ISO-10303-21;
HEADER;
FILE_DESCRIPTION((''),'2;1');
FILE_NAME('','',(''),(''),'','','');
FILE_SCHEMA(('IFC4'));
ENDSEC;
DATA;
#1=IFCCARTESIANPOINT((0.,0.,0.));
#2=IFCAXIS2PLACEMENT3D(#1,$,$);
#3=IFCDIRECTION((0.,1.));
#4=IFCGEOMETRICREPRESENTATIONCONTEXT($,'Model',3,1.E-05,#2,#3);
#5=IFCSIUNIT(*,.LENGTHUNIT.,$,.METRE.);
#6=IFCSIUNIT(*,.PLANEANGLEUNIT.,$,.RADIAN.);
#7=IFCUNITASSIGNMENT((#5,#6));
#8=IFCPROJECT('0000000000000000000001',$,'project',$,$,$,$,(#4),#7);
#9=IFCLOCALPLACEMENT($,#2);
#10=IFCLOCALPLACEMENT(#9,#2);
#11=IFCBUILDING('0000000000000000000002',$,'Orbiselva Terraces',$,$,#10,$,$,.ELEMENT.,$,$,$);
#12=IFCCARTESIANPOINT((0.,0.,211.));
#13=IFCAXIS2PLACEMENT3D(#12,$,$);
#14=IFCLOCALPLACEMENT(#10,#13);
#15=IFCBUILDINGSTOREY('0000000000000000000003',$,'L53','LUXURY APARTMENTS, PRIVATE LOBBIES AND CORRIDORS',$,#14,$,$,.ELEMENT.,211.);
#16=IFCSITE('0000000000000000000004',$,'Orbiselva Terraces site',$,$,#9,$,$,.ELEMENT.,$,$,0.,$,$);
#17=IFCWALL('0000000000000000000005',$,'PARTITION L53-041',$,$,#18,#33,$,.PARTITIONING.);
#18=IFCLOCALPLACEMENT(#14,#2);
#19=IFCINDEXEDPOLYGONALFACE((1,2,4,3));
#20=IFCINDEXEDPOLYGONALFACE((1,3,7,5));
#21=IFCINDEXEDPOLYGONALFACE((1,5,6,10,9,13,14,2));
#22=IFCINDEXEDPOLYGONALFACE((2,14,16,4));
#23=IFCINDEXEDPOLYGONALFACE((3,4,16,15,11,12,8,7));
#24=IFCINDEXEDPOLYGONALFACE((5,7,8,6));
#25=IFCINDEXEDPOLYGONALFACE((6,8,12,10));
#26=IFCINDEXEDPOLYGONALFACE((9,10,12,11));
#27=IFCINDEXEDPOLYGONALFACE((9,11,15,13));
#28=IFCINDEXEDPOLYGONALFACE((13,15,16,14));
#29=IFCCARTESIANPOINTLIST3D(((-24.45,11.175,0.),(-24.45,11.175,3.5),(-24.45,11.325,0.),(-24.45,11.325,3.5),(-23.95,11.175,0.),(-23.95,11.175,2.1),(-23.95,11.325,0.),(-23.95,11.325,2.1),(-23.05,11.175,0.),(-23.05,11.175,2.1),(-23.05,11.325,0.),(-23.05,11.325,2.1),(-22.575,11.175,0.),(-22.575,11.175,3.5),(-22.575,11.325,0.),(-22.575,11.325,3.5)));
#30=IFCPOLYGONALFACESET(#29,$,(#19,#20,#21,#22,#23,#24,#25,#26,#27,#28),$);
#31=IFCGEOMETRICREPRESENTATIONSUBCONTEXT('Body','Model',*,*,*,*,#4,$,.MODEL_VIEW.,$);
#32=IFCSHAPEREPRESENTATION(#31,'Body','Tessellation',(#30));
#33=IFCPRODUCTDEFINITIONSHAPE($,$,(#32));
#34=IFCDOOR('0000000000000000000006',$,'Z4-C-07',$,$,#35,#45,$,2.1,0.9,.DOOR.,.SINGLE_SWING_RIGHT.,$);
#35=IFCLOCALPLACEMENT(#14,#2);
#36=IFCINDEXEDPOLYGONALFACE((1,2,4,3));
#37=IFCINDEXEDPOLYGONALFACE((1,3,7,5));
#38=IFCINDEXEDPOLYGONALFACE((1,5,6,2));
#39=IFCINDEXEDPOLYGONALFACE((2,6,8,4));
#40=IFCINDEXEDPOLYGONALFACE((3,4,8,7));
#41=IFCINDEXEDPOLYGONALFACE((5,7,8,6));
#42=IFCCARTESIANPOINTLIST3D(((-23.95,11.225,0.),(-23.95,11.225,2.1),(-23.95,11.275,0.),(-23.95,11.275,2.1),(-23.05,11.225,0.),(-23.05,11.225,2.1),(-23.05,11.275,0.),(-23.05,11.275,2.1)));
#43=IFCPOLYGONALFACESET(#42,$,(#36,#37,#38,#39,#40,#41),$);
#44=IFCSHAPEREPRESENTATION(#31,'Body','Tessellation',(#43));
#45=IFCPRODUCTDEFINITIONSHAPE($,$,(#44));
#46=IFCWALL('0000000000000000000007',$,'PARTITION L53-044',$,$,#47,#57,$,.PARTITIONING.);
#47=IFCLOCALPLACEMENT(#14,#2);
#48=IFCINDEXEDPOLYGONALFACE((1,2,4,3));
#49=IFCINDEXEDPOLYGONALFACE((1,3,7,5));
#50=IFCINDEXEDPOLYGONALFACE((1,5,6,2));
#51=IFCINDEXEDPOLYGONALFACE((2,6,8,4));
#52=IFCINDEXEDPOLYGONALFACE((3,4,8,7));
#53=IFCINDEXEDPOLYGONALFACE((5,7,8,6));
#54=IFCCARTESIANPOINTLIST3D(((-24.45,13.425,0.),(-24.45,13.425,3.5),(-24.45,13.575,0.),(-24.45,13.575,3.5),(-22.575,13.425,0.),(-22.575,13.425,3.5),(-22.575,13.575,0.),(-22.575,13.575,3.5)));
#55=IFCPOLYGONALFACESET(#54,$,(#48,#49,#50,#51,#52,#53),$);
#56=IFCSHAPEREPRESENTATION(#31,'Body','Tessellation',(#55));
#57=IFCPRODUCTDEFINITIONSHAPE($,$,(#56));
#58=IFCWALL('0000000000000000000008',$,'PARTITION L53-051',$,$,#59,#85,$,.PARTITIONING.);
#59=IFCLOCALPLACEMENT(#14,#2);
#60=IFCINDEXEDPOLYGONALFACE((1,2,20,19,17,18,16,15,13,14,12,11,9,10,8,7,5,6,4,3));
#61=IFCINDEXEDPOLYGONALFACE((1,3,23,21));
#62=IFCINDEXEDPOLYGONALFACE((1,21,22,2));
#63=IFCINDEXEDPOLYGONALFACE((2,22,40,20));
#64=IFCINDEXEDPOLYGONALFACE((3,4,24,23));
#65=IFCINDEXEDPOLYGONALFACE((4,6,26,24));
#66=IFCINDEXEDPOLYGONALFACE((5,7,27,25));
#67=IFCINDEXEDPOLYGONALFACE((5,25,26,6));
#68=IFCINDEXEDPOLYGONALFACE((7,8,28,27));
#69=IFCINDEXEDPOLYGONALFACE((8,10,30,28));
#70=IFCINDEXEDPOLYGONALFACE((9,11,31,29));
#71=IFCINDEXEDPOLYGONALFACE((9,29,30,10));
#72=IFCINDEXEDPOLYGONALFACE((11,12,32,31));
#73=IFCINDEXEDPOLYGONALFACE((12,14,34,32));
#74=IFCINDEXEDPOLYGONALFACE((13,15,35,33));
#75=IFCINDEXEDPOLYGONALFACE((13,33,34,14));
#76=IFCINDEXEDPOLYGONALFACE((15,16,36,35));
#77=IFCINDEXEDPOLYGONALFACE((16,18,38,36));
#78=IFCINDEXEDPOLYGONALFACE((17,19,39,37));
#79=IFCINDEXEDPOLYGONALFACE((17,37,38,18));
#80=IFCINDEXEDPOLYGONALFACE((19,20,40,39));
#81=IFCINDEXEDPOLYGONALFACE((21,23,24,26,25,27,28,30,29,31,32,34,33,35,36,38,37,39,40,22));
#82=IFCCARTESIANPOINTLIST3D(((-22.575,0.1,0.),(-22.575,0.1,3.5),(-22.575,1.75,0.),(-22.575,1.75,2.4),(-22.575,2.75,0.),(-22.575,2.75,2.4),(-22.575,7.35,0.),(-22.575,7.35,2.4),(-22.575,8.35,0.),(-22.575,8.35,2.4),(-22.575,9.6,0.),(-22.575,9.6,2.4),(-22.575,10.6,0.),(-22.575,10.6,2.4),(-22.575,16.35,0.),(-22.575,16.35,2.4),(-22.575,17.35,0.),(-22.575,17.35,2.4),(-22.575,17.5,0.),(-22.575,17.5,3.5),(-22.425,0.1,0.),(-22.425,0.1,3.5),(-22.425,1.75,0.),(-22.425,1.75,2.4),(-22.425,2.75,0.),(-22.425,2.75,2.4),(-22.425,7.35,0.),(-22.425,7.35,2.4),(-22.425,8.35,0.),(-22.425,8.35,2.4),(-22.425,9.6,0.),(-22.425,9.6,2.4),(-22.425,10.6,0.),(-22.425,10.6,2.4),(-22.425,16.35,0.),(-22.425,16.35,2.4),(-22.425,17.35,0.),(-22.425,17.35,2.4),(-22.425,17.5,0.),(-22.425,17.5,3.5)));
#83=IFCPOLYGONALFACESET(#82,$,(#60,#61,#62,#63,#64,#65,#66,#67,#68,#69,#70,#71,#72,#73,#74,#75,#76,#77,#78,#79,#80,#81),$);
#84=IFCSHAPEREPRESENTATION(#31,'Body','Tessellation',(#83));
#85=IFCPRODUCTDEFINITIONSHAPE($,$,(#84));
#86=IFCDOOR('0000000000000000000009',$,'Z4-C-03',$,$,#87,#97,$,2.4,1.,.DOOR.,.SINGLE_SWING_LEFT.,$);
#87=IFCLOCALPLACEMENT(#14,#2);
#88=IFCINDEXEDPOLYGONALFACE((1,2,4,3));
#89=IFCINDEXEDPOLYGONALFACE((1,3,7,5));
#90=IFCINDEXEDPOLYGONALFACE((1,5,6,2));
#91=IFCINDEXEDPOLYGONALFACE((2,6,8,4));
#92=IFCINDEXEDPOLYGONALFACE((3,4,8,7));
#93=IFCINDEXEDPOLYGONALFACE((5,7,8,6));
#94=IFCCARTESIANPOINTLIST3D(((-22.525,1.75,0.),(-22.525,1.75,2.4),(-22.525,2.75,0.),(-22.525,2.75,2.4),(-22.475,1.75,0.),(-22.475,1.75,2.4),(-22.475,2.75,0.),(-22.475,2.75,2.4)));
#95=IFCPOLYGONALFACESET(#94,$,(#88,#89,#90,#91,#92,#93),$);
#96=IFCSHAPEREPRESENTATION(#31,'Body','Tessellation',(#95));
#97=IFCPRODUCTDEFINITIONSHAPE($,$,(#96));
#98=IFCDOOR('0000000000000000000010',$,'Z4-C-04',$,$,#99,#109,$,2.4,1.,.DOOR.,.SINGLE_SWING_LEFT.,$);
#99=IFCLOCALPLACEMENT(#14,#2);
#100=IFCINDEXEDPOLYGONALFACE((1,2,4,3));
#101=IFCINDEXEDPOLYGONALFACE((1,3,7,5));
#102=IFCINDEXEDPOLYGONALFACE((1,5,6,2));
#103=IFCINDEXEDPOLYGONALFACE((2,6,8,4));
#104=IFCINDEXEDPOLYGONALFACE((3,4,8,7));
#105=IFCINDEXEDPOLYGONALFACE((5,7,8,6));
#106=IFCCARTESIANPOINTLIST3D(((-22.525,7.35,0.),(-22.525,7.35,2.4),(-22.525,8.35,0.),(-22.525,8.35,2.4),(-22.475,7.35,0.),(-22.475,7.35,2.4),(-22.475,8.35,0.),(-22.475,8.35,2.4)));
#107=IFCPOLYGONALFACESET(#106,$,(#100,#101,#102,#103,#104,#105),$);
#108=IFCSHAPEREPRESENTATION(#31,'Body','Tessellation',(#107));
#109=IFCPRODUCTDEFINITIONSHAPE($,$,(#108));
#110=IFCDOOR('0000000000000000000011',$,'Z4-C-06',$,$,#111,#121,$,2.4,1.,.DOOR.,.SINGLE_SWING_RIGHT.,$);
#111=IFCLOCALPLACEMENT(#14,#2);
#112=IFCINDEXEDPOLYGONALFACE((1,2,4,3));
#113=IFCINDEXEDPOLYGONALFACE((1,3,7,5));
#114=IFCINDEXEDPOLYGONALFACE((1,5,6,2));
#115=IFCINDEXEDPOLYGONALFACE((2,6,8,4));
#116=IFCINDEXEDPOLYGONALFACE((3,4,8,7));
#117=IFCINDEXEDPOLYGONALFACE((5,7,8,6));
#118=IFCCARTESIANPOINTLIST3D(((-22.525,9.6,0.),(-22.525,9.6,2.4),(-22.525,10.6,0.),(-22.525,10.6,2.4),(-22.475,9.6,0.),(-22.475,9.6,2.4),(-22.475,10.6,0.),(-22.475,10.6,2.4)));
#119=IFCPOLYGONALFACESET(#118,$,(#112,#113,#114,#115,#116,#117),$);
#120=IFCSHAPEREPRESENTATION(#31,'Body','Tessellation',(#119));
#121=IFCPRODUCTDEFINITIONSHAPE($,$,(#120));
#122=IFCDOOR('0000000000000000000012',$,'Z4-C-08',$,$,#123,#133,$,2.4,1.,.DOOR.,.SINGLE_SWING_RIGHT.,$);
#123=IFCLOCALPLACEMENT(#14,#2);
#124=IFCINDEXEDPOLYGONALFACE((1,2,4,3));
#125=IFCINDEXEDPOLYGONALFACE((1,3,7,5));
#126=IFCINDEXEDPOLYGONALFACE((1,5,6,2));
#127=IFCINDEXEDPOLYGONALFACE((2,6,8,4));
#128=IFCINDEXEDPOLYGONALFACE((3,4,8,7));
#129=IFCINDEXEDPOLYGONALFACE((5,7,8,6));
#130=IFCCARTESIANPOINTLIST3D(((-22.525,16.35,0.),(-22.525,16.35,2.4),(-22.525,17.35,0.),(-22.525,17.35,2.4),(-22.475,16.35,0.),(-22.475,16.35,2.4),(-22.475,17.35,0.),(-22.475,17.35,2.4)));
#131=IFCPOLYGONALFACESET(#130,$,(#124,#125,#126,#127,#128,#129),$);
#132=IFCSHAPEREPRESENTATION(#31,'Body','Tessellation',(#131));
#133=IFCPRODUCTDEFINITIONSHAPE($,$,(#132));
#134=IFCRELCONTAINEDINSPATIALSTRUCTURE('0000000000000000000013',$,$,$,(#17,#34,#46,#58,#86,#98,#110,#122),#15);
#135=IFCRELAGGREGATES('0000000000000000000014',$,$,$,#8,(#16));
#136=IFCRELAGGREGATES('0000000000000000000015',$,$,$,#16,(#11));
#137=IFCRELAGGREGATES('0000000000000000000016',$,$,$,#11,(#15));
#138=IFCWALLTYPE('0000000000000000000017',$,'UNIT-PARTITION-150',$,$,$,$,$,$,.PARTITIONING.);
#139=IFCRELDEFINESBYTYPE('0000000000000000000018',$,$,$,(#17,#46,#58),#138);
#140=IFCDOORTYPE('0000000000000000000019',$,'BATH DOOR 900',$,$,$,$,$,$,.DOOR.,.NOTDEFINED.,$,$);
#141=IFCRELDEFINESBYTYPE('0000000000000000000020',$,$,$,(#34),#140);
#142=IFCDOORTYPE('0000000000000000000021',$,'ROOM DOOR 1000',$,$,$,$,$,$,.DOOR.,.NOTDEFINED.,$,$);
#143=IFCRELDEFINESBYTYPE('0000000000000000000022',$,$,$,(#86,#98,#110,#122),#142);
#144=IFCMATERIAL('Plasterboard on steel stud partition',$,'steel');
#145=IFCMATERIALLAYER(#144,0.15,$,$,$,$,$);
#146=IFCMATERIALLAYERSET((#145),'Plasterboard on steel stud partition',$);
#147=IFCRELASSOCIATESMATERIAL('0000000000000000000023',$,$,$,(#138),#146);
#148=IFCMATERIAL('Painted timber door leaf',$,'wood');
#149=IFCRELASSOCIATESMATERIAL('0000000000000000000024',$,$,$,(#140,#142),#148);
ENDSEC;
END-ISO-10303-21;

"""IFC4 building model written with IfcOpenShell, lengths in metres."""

from ifc_helpers import new_model, si_unit, direction, frame, frame_2d, origin, place, context, subcontext, project, spatial, rectangle, extrude, material, layer, layer_set, type_object, element, fill, save


model = new_model("IFC4")

# Units and contexts
model_context = context("Model", 3, precision=1e-05, world=origin(), true_north=direction((0.0, 1.0)))
body_context = subcontext(model_context, "Body", "Model", "MODEL_VIEW")
ifc_project = project(units=[si_unit("LENGTHUNIT", "METRE"), si_unit("PLANEANGLEUNIT", "RADIAN")], contexts=[model_context])

# Site, building, storey
site_placement = place(None, origin())
site = spatial("IfcSite", under=ifc_project, at=site_placement, Name="Orbiselva Terraces site", CompositionType="ELEMENT", RefElevation=0.0)
building_placement = place(site_placement, origin())
building = spatial("IfcBuilding", under=site, at=building_placement, Name="Orbiselva Terraces", CompositionType="ELEMENT")
storey_placement = place(building_placement, frame((0.0, 0.0, 211.0)))
storey = spatial("IfcBuildingStorey", under=building, at=storey_placement, Name="L53", Description="LUXURY APARTMENTS, PRIVATE LOBBIES AND CORRIDORS", CompositionType="ELEMENT", Elevation=211.0)

# Shared definitions
ifc_material_1 = material(Name="Plasterboard on steel stud partition", Category="steel")
ifc_layer_1 = layer(ifc_material_1, 0.15)
ifc_layer_set_1 = layer_set([ifc_layer_1], Name="Plasterboard on steel stud partition")
wall_type_1 = type_object("IfcWallType", Name="UNIT-PARTITION-150", PredefinedType="PARTITIONING", material=ifc_layer_set_1)

# Wall, opening, door
wall_1_placement = place(storey_placement, frame((-24.45, 11.25, 0.0), z_axis=(0.0, 0.0, 1.0), x_axis=(1.0, 0.0, 0.0)))
wall_1 = element("IfcWall", 1, at=wall_1_placement, inside=storey, type_object=wall_type_1, Name="PARTITION L53-041", PredefinedType="PARTITIONING", context=body_context, shape_type="SweptSolid", body=[
    extrude(rectangle(XDim=1.875, YDim=0.15, at=frame_2d((0.9375, 0.0))), origin(), (0.0, 0.0, 1.0), 3.5),
])
opening_1_placement = place(wall_1_placement, frame((0.5, 0.0, 0.0)))
opening_1 = element("IfcOpeningElement", 2, at=opening_1_placement, cuts=wall_1, PredefinedType="OPENING", context=body_context, shape_type="SweptSolid", body=[
    extrude(rectangle(XDim=0.9, YDim=2.1, at=frame_2d((0.45, 1.05))), frame((0.0, 0.085, 0.0), z_axis=(0.0, -1.0, 0.0), x_axis=(1.0, 0.0, 0.0)), (0.0, 0.0, 1.0), 0.17),
])
ifc_material_2 = material(Name="Painted timber door leaf", Category="wood")
door_type_1 = type_object("IfcDoorType", Name="BATH DOOR 900", OperationType="NOTDEFINED", PredefinedType="DOOR", material=ifc_material_2)
door_1_placement = place(opening_1_placement, origin())
door_1 = element("IfcDoor", 3, at=door_1_placement, inside=storey, type_object=door_type_1, Name="Z4-C-07", OperationType="SINGLE_SWING_RIGHT", OverallHeight=2.1, OverallWidth=0.9, PredefinedType="DOOR", context=body_context, shape_type="SweptSolid", body=[
    extrude(rectangle(XDim=0.9, YDim=2.1, at=frame_2d((0.45, 1.05))), frame((0.0, 0.025, 0.0), z_axis=(0.0, -1.0, 0.0), x_axis=(1.0, 0.0, 0.0)), (0.0, 0.0, 1.0), 0.05),
])
fill(opening_1, door_1)

# Wall
wall_2_placement = place(storey_placement, frame((-24.45, 13.5, 0.0), z_axis=(0.0, 0.0, 1.0), x_axis=(1.0, 0.0, 0.0)))
element("IfcWall", 4, at=wall_2_placement, inside=storey, type_object=wall_type_1, Name="PARTITION L53-044", PredefinedType="PARTITIONING", context=body_context, shape_type="SweptSolid", body=[
    extrude(rectangle(XDim=1.875, YDim=0.15, at=frame_2d((0.9375, 0.0))), origin(), (0.0, 0.0, 1.0), 3.5),
])

# Wall, openings, doors
wall_3_placement = place(storey_placement, frame((-22.5, 0.1, 0.0), z_axis=(0.0, 0.0, 1.0), x_axis=(0.0, 1.0, 0.0)))
wall_3 = element("IfcWall", 5, at=wall_3_placement, inside=storey, type_object=wall_type_1, Name="PARTITION L53-051", PredefinedType="PARTITIONING", context=body_context, shape_type="SweptSolid", body=[
    extrude(rectangle(XDim=17.4, YDim=0.15, at=frame_2d((8.7, 0.0))), origin(), (0.0, 0.0, 1.0), 3.5),
])
opening_2_placement = place(wall_3_placement, frame((1.65, 0.0, 0.0)))
opening_2 = element("IfcOpeningElement", 6, at=opening_2_placement, cuts=wall_3, PredefinedType="OPENING", context=body_context, shape_type="SweptSolid", body=[
    extrude(rectangle(XDim=1.0, YDim=2.4, at=frame_2d((0.5, 1.2))), frame((0.0, 0.085, 0.0), z_axis=(0.0, -1.0, 0.0), x_axis=(1.0, 0.0, 0.0)), (0.0, 0.0, 1.0), 0.17),
])
opening_3_placement = place(wall_3_placement, frame((7.25, 0.0, 0.0)))
opening_3 = element("IfcOpeningElement", 7, at=opening_3_placement, cuts=wall_3, PredefinedType="OPENING", context=body_context, shape_type="SweptSolid", body=[
    extrude(rectangle(XDim=1.0, YDim=2.4, at=frame_2d((0.5, 1.2))), frame((0.0, 0.085, 0.0), z_axis=(0.0, -1.0, 0.0), x_axis=(1.0, 0.0, 0.0)), (0.0, 0.0, 1.0), 0.17),
])
opening_4_placement = place(wall_3_placement, frame((9.5, 0.0, 0.0)))
opening_4 = element("IfcOpeningElement", 8, at=opening_4_placement, cuts=wall_3, PredefinedType="OPENING", context=body_context, shape_type="SweptSolid", body=[
    extrude(rectangle(XDim=1.0, YDim=2.4, at=frame_2d((0.5, 1.2))), frame((0.0, 0.085, 0.0), z_axis=(0.0, -1.0, 0.0), x_axis=(1.0, 0.0, 0.0)), (0.0, 0.0, 1.0), 0.17),
])
opening_5_placement = place(wall_3_placement, frame((16.25, 0.0, 0.0)))
opening_5 = element("IfcOpeningElement", 9, at=opening_5_placement, cuts=wall_3, PredefinedType="OPENING", context=body_context, shape_type="SweptSolid", body=[
    extrude(rectangle(XDim=1.0, YDim=2.4, at=frame_2d((0.5, 1.2))), frame((0.0, 0.085, 0.0), z_axis=(0.0, -1.0, 0.0), x_axis=(1.0, 0.0, 0.0)), (0.0, 0.0, 1.0), 0.17),
])
door_type_2 = type_object("IfcDoorType", Name="ROOM DOOR 1000", OperationType="NOTDEFINED", PredefinedType="DOOR", material=ifc_material_2)
door_2_placement = place(opening_2_placement, origin())
door_2 = element("IfcDoor", 10, at=door_2_placement, inside=storey, type_object=door_type_2, Name="Z4-C-03", OperationType="SINGLE_SWING_LEFT", OverallHeight=2.4, OverallWidth=1.0, PredefinedType="DOOR", context=body_context, shape_type="SweptSolid", body=[
    extrude(rectangle(XDim=1.0, YDim=2.4, at=frame_2d((0.5, 1.2))), frame((0.0, 0.025, 0.0), z_axis=(0.0, -1.0, 0.0), x_axis=(1.0, 0.0, 0.0)), (0.0, 0.0, 1.0), 0.05),
])
fill(opening_2, door_2)
door_3_placement = place(opening_3_placement, origin())
door_3 = element("IfcDoor", 11, at=door_3_placement, inside=storey, type_object=door_type_2, Name="Z4-C-04", OperationType="SINGLE_SWING_LEFT", OverallHeight=2.4, OverallWidth=1.0, PredefinedType="DOOR", context=body_context, shape_type="SweptSolid", body=[
    extrude(rectangle(XDim=1.0, YDim=2.4, at=frame_2d((0.5, 1.2))), frame((0.0, 0.025, 0.0), z_axis=(0.0, -1.0, 0.0), x_axis=(1.0, 0.0, 0.0)), (0.0, 0.0, 1.0), 0.05),
])
fill(opening_3, door_3)
door_4_placement = place(opening_4_placement, origin())
door_4 = element("IfcDoor", 12, at=door_4_placement, inside=storey, type_object=door_type_2, Name="Z4-C-06", OperationType="SINGLE_SWING_RIGHT", OverallHeight=2.4, OverallWidth=1.0, PredefinedType="DOOR", context=body_context, shape_type="SweptSolid", body=[
    extrude(rectangle(XDim=1.0, YDim=2.4, at=frame_2d((0.5, 1.2))), frame((0.0, 0.025, 0.0), z_axis=(0.0, -1.0, 0.0), x_axis=(1.0, 0.0, 0.0)), (0.0, 0.0, 1.0), 0.05),
])
fill(opening_4, door_4)
door_5_placement = place(opening_5_placement, origin())
door_5 = element("IfcDoor", 13, at=door_5_placement, inside=storey, type_object=door_type_2, Name="Z4-C-08", OperationType="SINGLE_SWING_RIGHT", OverallHeight=2.4, OverallWidth=1.0, PredefinedType="DOOR", context=body_context, shape_type="SweptSolid", body=[
    extrude(rectangle(XDim=1.0, YDim=2.4, at=frame_2d((0.5, 1.2))), frame((0.0, 0.025, 0.0), z_axis=(0.0, -1.0, 0.0), x_axis=(1.0, 0.0, 0.0)), (0.0, 0.0, 1.0), 0.05),
])
fill(opening_5, door_5)

save(model, "model.ifc")
